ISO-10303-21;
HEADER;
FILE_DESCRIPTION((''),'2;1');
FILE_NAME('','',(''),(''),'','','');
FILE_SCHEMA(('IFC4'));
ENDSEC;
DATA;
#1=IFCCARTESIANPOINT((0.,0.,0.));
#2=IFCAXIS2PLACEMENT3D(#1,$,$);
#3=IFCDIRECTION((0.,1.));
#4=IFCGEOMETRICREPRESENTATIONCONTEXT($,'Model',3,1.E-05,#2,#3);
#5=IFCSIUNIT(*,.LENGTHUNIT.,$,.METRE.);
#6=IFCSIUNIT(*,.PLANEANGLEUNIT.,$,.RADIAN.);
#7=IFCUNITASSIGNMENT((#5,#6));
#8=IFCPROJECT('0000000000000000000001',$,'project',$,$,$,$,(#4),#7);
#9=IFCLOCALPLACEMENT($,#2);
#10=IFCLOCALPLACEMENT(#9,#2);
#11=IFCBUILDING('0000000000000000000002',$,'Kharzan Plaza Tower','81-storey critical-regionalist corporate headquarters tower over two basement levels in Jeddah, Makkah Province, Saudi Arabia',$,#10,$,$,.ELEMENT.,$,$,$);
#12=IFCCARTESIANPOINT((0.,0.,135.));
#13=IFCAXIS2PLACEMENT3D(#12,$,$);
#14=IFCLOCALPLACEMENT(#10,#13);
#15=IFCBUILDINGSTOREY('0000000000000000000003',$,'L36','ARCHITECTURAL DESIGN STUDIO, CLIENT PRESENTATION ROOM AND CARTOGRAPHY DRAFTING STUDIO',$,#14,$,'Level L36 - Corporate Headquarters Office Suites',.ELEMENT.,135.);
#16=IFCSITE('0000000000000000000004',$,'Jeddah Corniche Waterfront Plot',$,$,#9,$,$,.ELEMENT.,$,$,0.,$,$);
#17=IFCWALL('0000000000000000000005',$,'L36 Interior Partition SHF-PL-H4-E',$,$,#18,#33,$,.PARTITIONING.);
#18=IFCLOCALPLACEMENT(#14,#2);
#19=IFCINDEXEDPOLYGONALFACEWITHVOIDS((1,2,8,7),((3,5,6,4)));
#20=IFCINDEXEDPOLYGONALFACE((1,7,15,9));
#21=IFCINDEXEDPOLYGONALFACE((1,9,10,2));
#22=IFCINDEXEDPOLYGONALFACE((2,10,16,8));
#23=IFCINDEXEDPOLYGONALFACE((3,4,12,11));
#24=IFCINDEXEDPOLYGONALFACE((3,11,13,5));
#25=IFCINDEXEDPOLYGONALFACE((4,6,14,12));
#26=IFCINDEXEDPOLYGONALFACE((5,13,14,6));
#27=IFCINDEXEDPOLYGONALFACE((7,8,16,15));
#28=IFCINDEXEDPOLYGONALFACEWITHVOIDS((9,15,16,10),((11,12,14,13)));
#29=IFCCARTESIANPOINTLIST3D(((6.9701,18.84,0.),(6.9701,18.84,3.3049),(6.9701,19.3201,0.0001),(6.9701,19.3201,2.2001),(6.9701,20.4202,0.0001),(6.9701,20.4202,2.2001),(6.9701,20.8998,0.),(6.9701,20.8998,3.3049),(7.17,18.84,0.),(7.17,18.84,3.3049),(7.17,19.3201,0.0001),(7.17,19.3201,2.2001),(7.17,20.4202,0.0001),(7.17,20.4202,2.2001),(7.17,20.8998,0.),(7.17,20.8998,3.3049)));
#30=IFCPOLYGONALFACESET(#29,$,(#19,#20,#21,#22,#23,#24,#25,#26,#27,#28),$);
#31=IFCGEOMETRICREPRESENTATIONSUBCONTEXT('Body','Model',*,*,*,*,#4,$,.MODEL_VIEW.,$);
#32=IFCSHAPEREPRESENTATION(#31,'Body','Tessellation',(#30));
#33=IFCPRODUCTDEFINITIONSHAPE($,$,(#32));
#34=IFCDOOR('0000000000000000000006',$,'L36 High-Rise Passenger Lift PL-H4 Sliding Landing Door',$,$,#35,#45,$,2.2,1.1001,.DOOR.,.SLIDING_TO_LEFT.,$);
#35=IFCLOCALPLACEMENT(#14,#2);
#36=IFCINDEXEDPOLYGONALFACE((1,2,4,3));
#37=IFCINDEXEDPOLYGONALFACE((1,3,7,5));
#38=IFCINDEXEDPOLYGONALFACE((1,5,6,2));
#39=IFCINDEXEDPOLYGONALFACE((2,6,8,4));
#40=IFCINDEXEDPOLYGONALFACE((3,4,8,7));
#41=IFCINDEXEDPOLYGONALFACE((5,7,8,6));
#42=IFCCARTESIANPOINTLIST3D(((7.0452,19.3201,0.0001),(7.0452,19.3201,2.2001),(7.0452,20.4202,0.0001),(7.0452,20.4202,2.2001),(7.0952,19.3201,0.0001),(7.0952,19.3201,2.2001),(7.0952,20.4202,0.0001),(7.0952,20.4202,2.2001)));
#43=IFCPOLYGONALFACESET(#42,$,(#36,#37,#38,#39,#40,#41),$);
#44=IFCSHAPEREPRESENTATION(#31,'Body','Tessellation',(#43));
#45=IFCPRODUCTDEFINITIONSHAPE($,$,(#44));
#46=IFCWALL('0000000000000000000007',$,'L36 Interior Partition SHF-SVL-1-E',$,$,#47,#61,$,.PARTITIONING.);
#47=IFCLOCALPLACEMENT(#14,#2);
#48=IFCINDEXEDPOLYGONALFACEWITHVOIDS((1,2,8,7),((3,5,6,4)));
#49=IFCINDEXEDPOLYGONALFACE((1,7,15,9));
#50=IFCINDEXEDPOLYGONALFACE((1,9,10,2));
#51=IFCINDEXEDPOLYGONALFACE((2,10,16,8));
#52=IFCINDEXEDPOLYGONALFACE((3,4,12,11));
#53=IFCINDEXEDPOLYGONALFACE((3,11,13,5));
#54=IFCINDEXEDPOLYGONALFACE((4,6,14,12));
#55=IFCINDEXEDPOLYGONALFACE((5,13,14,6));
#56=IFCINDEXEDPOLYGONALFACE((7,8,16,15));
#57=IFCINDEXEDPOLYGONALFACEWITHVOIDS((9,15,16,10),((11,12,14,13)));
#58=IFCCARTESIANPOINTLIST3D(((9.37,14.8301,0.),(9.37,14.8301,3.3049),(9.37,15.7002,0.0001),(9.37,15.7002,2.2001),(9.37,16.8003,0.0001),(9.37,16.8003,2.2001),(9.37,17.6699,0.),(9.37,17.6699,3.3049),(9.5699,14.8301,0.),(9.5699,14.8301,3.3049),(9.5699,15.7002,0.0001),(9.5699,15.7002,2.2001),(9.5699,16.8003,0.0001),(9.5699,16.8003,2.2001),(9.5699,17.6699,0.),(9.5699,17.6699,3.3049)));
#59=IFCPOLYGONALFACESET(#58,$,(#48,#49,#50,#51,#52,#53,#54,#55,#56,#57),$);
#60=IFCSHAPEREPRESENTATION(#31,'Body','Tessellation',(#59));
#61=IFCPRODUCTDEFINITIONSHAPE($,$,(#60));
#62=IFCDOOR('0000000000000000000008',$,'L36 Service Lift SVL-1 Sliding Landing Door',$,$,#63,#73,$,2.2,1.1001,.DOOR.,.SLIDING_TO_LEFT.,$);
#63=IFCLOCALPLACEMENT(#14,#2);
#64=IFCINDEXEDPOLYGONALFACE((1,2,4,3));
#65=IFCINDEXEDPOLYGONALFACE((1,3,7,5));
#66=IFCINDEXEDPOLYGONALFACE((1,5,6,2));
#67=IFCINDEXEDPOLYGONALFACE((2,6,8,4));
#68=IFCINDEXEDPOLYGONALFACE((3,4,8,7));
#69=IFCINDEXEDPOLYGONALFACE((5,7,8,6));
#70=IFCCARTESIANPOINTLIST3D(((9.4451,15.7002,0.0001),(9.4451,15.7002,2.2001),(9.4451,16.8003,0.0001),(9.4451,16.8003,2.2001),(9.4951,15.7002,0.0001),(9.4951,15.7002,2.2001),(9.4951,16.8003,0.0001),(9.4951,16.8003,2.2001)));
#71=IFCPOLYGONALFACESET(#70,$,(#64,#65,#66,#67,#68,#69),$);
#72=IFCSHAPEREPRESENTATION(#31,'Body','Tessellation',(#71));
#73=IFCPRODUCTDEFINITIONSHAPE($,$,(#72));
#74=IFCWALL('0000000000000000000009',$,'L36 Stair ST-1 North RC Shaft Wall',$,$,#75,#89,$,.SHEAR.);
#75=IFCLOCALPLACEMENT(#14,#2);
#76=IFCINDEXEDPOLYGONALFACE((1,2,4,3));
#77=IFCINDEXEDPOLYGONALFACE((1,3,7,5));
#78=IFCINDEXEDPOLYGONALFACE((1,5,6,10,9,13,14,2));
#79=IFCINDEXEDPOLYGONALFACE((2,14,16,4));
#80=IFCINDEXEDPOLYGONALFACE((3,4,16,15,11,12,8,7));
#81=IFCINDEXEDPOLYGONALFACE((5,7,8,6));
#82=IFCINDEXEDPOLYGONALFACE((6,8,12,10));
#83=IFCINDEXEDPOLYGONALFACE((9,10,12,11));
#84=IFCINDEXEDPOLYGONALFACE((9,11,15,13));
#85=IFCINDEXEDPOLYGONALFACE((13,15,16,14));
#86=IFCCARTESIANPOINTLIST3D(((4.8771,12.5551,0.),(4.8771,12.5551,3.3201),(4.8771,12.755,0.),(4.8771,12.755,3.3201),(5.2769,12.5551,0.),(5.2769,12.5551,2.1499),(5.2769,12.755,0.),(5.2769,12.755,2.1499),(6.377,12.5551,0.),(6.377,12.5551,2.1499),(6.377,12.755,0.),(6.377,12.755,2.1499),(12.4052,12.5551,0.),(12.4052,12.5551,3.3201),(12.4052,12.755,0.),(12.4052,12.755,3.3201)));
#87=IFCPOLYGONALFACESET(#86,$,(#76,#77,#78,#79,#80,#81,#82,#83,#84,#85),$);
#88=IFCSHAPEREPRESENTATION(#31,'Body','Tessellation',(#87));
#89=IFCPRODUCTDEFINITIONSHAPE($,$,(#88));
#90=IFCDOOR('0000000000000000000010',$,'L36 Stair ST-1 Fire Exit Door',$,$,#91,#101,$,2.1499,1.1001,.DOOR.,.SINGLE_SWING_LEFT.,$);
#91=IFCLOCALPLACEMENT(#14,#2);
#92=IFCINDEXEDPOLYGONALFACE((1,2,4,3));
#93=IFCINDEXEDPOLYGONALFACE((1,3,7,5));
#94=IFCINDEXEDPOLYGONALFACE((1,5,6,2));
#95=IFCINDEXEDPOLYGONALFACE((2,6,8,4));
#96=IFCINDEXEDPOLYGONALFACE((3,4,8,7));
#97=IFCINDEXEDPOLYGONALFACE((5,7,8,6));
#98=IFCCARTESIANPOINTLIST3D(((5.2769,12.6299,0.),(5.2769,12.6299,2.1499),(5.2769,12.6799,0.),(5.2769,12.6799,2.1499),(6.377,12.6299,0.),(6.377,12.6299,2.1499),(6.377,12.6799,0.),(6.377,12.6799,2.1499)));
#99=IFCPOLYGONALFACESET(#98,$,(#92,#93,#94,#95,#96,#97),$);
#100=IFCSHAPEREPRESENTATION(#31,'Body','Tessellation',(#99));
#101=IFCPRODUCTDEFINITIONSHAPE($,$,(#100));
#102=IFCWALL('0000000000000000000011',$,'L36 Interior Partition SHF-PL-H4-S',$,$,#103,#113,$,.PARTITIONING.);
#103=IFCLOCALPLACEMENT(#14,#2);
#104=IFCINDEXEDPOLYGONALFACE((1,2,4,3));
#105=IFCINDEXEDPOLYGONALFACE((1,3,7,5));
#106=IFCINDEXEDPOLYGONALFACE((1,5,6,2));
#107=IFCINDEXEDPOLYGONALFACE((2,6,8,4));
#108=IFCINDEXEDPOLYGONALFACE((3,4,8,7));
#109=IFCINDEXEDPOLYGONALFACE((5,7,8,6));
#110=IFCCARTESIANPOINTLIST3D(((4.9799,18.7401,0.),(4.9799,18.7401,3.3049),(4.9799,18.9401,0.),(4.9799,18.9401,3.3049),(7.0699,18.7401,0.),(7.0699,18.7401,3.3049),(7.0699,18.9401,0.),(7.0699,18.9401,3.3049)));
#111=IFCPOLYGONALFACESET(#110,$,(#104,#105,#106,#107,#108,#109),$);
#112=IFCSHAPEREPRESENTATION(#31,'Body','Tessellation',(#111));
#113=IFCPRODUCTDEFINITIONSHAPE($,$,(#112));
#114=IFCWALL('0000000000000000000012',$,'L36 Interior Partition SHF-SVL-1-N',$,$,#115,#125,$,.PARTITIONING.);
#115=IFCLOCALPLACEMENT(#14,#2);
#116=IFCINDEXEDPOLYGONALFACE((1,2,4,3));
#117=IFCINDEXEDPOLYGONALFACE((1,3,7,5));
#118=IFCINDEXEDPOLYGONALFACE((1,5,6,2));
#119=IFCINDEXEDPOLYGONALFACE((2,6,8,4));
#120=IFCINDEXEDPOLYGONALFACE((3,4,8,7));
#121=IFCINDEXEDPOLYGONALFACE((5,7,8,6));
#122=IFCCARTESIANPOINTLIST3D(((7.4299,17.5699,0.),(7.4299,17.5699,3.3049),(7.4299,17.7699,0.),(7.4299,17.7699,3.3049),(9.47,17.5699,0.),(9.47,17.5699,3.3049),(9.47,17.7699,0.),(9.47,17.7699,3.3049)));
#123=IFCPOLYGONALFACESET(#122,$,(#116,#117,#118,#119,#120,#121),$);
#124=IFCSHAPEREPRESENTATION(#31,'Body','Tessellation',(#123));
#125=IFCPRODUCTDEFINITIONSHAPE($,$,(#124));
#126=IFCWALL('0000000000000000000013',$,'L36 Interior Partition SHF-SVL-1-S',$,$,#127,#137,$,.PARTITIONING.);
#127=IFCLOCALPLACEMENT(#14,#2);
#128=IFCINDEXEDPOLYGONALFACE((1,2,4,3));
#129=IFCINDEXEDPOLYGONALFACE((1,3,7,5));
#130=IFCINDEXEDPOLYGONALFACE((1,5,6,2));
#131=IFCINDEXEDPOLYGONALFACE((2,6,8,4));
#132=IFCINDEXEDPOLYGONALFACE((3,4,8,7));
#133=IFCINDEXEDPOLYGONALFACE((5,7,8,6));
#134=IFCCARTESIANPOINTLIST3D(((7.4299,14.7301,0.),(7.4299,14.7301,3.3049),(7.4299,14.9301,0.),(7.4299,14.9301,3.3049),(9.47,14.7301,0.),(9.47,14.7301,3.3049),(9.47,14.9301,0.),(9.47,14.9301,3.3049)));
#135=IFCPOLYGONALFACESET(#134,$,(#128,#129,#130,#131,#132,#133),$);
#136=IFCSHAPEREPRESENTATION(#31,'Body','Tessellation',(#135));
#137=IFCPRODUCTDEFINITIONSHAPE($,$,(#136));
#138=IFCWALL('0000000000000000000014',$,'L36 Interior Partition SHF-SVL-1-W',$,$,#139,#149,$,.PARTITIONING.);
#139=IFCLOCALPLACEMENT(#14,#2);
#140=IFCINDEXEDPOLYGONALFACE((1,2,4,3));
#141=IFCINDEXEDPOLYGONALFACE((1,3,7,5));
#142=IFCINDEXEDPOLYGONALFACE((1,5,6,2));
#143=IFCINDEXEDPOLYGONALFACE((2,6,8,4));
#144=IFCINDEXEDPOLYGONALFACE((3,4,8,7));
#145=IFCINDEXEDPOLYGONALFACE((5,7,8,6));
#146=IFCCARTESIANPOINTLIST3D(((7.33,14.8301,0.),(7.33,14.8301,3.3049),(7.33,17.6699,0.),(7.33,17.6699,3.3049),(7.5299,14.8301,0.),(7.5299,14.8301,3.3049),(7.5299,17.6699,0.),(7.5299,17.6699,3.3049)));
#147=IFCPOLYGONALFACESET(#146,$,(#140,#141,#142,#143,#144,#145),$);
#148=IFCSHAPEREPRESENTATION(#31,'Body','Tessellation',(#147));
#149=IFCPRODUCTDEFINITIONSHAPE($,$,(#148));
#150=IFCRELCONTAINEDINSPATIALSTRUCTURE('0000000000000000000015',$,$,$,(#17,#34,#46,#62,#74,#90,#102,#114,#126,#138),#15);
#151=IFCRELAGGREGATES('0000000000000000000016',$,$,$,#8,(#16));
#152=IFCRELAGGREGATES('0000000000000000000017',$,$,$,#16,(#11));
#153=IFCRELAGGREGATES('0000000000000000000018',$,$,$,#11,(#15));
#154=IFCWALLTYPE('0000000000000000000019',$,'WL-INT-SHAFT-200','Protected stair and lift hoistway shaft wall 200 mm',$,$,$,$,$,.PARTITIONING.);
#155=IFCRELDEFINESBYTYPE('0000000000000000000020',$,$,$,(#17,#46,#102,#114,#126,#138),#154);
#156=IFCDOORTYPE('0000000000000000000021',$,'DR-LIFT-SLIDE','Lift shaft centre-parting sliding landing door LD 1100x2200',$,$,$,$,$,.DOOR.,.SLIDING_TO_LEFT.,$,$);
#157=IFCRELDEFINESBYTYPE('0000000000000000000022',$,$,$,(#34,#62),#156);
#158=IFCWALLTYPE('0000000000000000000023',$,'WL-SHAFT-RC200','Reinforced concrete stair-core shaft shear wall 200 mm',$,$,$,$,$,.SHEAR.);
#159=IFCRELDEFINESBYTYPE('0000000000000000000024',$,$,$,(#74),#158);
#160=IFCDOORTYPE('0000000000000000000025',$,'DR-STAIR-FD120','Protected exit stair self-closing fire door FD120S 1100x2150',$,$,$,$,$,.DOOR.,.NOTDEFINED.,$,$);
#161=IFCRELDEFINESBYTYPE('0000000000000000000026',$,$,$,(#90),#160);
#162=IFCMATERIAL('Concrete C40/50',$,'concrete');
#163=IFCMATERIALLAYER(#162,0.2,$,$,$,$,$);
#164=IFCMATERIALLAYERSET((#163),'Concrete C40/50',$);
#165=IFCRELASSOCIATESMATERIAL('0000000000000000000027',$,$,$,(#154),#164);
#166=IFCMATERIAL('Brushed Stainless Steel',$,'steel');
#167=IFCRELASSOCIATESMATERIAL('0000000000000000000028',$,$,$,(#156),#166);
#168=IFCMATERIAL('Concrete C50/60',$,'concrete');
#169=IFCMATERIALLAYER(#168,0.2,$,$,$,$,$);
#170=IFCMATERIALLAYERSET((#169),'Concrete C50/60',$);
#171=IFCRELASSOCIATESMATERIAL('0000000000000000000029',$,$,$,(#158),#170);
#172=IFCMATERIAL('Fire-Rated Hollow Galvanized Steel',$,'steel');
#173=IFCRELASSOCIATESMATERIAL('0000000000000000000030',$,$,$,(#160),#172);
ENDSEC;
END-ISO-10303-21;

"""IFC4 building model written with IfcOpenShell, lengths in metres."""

from ifc_helpers import new_model, si_unit, direction, frame, frame_2d, origin, place, context, subcontext, project, spatial, rectangle, extrude, source, transform, mapped, material, layer, layer_set, type_object, element, fill, save


model = new_model("IFC4")

# Units and contexts
model_context = context("Model", 3, precision=1e-05, world=origin(), true_north=direction((0.0, 1.0)))
body_context = subcontext(model_context, "Body", "Model", "MODEL_VIEW")
ifc_project = project(units=[si_unit("LENGTHUNIT", "METRE"), si_unit("PLANEANGLEUNIT", "RADIAN")], contexts=[model_context])

# Site, building, storey
site_placement = place(None, origin())
site = spatial("IfcSite", under=ifc_project, at=site_placement, Name="Jeddah Corniche Waterfront Plot", CompositionType="ELEMENT", RefElevation=0.0)
building_placement = place(site_placement, origin())
building = spatial("IfcBuilding", under=site, at=building_placement, Name="Kharzan Plaza Tower", Description="81-storey critical-regionalist corporate headquarters tower over two basement levels in Jeddah, Makkah Province, Saudi Arabia", CompositionType="ELEMENT")
storey_placement = place(building_placement, frame((0.0, 0.0, 135.0)))
storey = spatial("IfcBuildingStorey", under=building, at=storey_placement, Name="L36", Description="ARCHITECTURAL DESIGN STUDIO, CLIENT PRESENTATION ROOM AND CARTOGRAPHY DRAFTING STUDIO", LongName="Level L36 - Corporate Headquarters Office Suites", CompositionType="ELEMENT", Elevation=135.0)

# Shared definitions
ifc_material_1 = material(Name="Concrete C40/50", Category="concrete")

# Walls, openings, doors
ifc_layer_1 = layer(ifc_material_1, 0.2)
ifc_layer_set_1 = layer_set([ifc_layer_1], Name="Concrete C40/50")
wall_type_1 = type_object("IfcWallType", Name="WL-INT-SHAFT-200", Description="Protected stair and lift hoistway shaft wall 200 mm", PredefinedType="PARTITIONING", material=ifc_layer_set_1)
wall_1_placement = place(storey_placement, frame((7.0701, 18.8401, 0.0), z_axis=(0.0, 0.0, 1.0), x_axis=(0.0, 1.0, 0.0)))
wall_1 = element("IfcWall", 1, at=wall_1_placement, inside=storey, type_object=wall_type_1, Name="L36 Interior Partition SHF-PL-H4-E", PredefinedType="PARTITIONING", context=body_context, shape_type="SweptSolid", body=[
    extrude(rectangle(XDim=2.0598, YDim=0.2, at=frame_2d((1.0298, 0.0))), origin(), (0.0, 0.0, 1.0), 3.3049),
])
opening_1_placement = place(wall_1_placement, frame((0.48, 0.0, 0.0)))
opening_1 = element("IfcOpeningElement", 2, at=opening_1_placement, cuts=wall_1, PredefinedType="OPENING", context=body_context, shape_type="SweptSolid", body=[
    extrude(rectangle(XDim=1.1001, YDim=2.2, at=frame_2d((0.55, 1.1001))), frame((0.0, 0.1099, 0.0), z_axis=(0.0, -1.0, 0.0), x_axis=(1.0, 0.0, 0.0)), (0.0, 0.0, 1.0), 0.22),
])
ifc_material_2 = material(Name="Brushed Stainless Steel", Category="steel")
door_type_1 = type_object("IfcDoorType", Name="DR-LIFT-SLIDE", Description="Lift shaft centre-parting sliding landing door LD 1100x2200", OperationType="SLIDING_TO_LEFT", PredefinedType="DOOR", material=ifc_material_2)
shared_shape_1 = source(origin(), body_context, "Body", "SweptSolid", [
    extrude(rectangle(XDim=1.1001, YDim=2.2, at=frame_2d((0.55, 1.1001))), frame((0.0, 0.0249, 0.0), z_axis=(0.0, -1.0, 0.0), x_axis=(1.0, 0.0, 0.0)), (0.0, 0.0, 1.0), 0.05),
])
door_1_placement = place(opening_1_placement, origin())
door_1 = element("IfcDoor", 3, at=door_1_placement, inside=storey, type_object=door_type_1, Name="L36 High-Rise Passenger Lift PL-H4 Sliding Landing Door", OperationType="SLIDING_TO_LEFT", OverallHeight=2.2, OverallWidth=1.1001, PredefinedType="DOOR", context=body_context, shape_type="MappedRepresentation", body=[
    mapped(shared_shape_1, transform((0.0, 0.0, 0.0), x_axis=(1.0, 0.0, 0.0), y_axis=(0.0, 1.0, 0.0), z_axis=(0.0, 0.0, 1.0))),
])
fill(opening_1, door_1)
wall_2_placement = place(storey_placement, frame((9.47, 14.8301, 0.0), z_axis=(0.0, 0.0, 1.0), x_axis=(0.0, 1.0, 0.0)))
wall_2 = element("IfcWall", 4, at=wall_2_placement, inside=storey, type_object=wall_type_1, Name="L36 Interior Partition SHF-SVL-1-E", PredefinedType="PARTITIONING", context=body_context, shape_type="SweptSolid", body=[
    extrude(rectangle(XDim=2.8398, YDim=0.2, at=frame_2d((1.4199, 0.0))), origin(), (0.0, 0.0, 1.0), 3.3049),
])
opening_2_placement = place(wall_2_placement, frame((0.8701, 0.0, 0.0)))
opening_2 = element("IfcOpeningElement", 5, at=opening_2_placement, cuts=wall_2, PredefinedType="OPENING", context=body_context, shape_type="SweptSolid", body=[
    extrude(rectangle(XDim=1.1001, YDim=2.2, at=frame_2d((0.55, 1.1001))), frame((0.0, 0.1099, 0.0), z_axis=(0.0, -1.0, 0.0), x_axis=(1.0, 0.0, 0.0)), (0.0, 0.0, 1.0), 0.22),
])
door_2_placement = place(opening_2_placement, origin())
door_2 = element("IfcDoor", 6, at=door_2_placement, inside=storey, type_object=door_type_1, Name="L36 Service Lift SVL-1 Sliding Landing Door", OperationType="SLIDING_TO_LEFT", OverallHeight=2.2, OverallWidth=1.1001, PredefinedType="DOOR", context=body_context, shape_type="MappedRepresentation", body=[
    mapped(shared_shape_1, transform((0.0, 0.0, 0.0), x_axis=(1.0, 0.0, 0.0), y_axis=(0.0, 1.0, 0.0), z_axis=(0.0, 0.0, 1.0))),
])
fill(opening_2, door_2)
ifc_material_3 = material(Name="Concrete C50/60", Category="concrete")
ifc_layer_2 = layer(ifc_material_3, 0.2)
ifc_layer_set_2 = layer_set([ifc_layer_2], Name="Concrete C50/60")
wall_type_2 = type_object("IfcWallType", Name="WL-SHAFT-RC200", Description="Reinforced concrete stair-core shaft shear wall 200 mm", PredefinedType="SHEAR", material=ifc_layer_set_2)
wall_3_placement = place(storey_placement, frame((4.877, 12.655, 0.0), z_axis=(0.0, 0.0, 1.0), x_axis=(1.0, 0.0, 0.0)))
wall_3 = element("IfcWall", 7, at=wall_3_placement, inside=storey, type_object=wall_type_2, Name="L36 Stair ST-1 North RC Shaft Wall", PredefinedType="SHEAR", context=body_context, shape_type="SweptSolid", body=[
    extrude(rectangle(XDim=7.5281, YDim=0.2, at=frame_2d((3.7642, 0.0))), origin(), (0.0, 0.0, 1.0), 3.3201),
])
opening_3_placement = place(wall_3_placement, frame((0.3999, 0.0, 0.0)))
opening_3 = element("IfcOpeningElement", 8, at=opening_3_placement, cuts=wall_3, PredefinedType="OPENING", context=body_context, shape_type="SweptSolid", body=[
    extrude(rectangle(XDim=1.1001, YDim=2.1499, at=frame_2d((0.55, 1.075))), frame((0.0, 0.1099, 0.0), z_axis=(0.0, -1.0, 0.0), x_axis=(1.0, 0.0, 0.0)), (0.0, 0.0, 1.0), 0.22),
])
ifc_material_4 = material(Name="Fire-Rated Hollow Galvanized Steel", Category="steel")
door_type_2 = type_object("IfcDoorType", Name="DR-STAIR-FD120", Description="Protected exit stair self-closing fire door FD120S 1100x2150", OperationType="NOTDEFINED", PredefinedType="DOOR", material=ifc_material_4)
shared_shape_2 = source(origin(), body_context, "Body", "SweptSolid", [
    extrude(rectangle(XDim=1.1001, YDim=2.1499, at=frame_2d((0.55, 1.075))), frame((0.0, 0.0249, 0.0), z_axis=(0.0, -1.0, 0.0), x_axis=(1.0, 0.0, 0.0)), (0.0, 0.0, 1.0), 0.05),
])
door_3_placement = place(opening_3_placement, origin())
door_3 = element("IfcDoor", 9, at=door_3_placement, inside=storey, type_object=door_type_2, Name="L36 Stair ST-1 Fire Exit Door", OperationType="SINGLE_SWING_LEFT", OverallHeight=2.1499, OverallWidth=1.1001, PredefinedType="DOOR", context=body_context, shape_type="MappedRepresentation", body=[
    mapped(shared_shape_2, transform((0.0, 0.0, 0.0), x_axis=(1.0, 0.0, 0.0), y_axis=(0.0, 1.0, 0.0), z_axis=(0.0, 0.0, 1.0))),
])
fill(opening_3, door_3)

# Walls
shared_shape_3 = source(origin(), body_context, "Body", "SweptSolid", [
    extrude(rectangle(XDim=2.0901, YDim=0.2, at=frame_2d((1.0449, 0.0))), origin(), (0.0, 0.0, 1.0), 3.3049),
])
wall_4_placement = place(storey_placement, frame((4.98, 18.8401, 0.0), z_axis=(0.0, 0.0, 1.0), x_axis=(1.0, 0.0, 0.0)))
element("IfcWall", 10, at=wall_4_placement, inside=storey, type_object=wall_type_1, Name="L36 Interior Partition SHF-PL-H4-S", PredefinedType="PARTITIONING", context=body_context, shape_type="MappedRepresentation", body=[
    mapped(shared_shape_3, transform((0.0, 0.0, 0.0), x_axis=(1.0, 0.0, 0.0), y_axis=(0.0, 1.0, 0.0), z_axis=(0.0, 0.0, 1.0))),
])
shared_shape_4 = source(origin(), body_context, "Body", "SweptSolid", [
    extrude(rectangle(XDim=2.04, YDim=0.2, at=frame_2d((1.02, 0.0))), origin(), (0.0, 0.0, 1.0), 3.3049),
])
for number, where, z_axis, x_axis, name in (
    (11, (7.4299, 17.6699, 0.0), (0.0, 0.0, 1.0), (1.0, 0.0, 0.0), "L36 Interior Partition SHF-SVL-1-N"),
    (12, (7.4299, 14.8301, 0.0), (0.0, 0.0, 1.0), (1.0, 0.0, 0.0), "L36 Interior Partition SHF-SVL-1-S"),
):
    element("IfcWall", number, at=place(storey_placement, frame(where, z_axis=z_axis, x_axis=x_axis)), inside=storey, type_object=wall_type_1, Name=name, PredefinedType="PARTITIONING", context=body_context, shape_type="MappedRepresentation", body=[
        mapped(shared_shape_4, transform((0.0, 0.0, 0.0), x_axis=(1.0, 0.0, 0.0), y_axis=(0.0, 1.0, 0.0), z_axis=(0.0, 0.0, 1.0))),
    ])
shared_shape_5 = source(origin(), body_context, "Body", "SweptSolid", [
    extrude(rectangle(XDim=2.8398, YDim=0.2, at=frame_2d((1.4199, 0.0))), origin(), (0.0, 0.0, 1.0), 3.3049),
])
wall_5_placement = place(storey_placement, frame((7.4299, 14.8301, 0.0), z_axis=(0.0, 0.0, 1.0), x_axis=(0.0, 1.0, 0.0)))
element("IfcWall", 13, at=wall_5_placement, inside=storey, type_object=wall_type_1, Name="L36 Interior Partition SHF-SVL-1-W", PredefinedType="PARTITIONING", context=body_context, shape_type="MappedRepresentation", body=[
    mapped(shared_shape_5, transform((0.0, 0.0, 0.0), x_axis=(1.0, 0.0, 0.0), y_axis=(0.0, 1.0, 0.0), z_axis=(0.0, 0.0, 1.0))),
])

save(model, "model.ifc")
